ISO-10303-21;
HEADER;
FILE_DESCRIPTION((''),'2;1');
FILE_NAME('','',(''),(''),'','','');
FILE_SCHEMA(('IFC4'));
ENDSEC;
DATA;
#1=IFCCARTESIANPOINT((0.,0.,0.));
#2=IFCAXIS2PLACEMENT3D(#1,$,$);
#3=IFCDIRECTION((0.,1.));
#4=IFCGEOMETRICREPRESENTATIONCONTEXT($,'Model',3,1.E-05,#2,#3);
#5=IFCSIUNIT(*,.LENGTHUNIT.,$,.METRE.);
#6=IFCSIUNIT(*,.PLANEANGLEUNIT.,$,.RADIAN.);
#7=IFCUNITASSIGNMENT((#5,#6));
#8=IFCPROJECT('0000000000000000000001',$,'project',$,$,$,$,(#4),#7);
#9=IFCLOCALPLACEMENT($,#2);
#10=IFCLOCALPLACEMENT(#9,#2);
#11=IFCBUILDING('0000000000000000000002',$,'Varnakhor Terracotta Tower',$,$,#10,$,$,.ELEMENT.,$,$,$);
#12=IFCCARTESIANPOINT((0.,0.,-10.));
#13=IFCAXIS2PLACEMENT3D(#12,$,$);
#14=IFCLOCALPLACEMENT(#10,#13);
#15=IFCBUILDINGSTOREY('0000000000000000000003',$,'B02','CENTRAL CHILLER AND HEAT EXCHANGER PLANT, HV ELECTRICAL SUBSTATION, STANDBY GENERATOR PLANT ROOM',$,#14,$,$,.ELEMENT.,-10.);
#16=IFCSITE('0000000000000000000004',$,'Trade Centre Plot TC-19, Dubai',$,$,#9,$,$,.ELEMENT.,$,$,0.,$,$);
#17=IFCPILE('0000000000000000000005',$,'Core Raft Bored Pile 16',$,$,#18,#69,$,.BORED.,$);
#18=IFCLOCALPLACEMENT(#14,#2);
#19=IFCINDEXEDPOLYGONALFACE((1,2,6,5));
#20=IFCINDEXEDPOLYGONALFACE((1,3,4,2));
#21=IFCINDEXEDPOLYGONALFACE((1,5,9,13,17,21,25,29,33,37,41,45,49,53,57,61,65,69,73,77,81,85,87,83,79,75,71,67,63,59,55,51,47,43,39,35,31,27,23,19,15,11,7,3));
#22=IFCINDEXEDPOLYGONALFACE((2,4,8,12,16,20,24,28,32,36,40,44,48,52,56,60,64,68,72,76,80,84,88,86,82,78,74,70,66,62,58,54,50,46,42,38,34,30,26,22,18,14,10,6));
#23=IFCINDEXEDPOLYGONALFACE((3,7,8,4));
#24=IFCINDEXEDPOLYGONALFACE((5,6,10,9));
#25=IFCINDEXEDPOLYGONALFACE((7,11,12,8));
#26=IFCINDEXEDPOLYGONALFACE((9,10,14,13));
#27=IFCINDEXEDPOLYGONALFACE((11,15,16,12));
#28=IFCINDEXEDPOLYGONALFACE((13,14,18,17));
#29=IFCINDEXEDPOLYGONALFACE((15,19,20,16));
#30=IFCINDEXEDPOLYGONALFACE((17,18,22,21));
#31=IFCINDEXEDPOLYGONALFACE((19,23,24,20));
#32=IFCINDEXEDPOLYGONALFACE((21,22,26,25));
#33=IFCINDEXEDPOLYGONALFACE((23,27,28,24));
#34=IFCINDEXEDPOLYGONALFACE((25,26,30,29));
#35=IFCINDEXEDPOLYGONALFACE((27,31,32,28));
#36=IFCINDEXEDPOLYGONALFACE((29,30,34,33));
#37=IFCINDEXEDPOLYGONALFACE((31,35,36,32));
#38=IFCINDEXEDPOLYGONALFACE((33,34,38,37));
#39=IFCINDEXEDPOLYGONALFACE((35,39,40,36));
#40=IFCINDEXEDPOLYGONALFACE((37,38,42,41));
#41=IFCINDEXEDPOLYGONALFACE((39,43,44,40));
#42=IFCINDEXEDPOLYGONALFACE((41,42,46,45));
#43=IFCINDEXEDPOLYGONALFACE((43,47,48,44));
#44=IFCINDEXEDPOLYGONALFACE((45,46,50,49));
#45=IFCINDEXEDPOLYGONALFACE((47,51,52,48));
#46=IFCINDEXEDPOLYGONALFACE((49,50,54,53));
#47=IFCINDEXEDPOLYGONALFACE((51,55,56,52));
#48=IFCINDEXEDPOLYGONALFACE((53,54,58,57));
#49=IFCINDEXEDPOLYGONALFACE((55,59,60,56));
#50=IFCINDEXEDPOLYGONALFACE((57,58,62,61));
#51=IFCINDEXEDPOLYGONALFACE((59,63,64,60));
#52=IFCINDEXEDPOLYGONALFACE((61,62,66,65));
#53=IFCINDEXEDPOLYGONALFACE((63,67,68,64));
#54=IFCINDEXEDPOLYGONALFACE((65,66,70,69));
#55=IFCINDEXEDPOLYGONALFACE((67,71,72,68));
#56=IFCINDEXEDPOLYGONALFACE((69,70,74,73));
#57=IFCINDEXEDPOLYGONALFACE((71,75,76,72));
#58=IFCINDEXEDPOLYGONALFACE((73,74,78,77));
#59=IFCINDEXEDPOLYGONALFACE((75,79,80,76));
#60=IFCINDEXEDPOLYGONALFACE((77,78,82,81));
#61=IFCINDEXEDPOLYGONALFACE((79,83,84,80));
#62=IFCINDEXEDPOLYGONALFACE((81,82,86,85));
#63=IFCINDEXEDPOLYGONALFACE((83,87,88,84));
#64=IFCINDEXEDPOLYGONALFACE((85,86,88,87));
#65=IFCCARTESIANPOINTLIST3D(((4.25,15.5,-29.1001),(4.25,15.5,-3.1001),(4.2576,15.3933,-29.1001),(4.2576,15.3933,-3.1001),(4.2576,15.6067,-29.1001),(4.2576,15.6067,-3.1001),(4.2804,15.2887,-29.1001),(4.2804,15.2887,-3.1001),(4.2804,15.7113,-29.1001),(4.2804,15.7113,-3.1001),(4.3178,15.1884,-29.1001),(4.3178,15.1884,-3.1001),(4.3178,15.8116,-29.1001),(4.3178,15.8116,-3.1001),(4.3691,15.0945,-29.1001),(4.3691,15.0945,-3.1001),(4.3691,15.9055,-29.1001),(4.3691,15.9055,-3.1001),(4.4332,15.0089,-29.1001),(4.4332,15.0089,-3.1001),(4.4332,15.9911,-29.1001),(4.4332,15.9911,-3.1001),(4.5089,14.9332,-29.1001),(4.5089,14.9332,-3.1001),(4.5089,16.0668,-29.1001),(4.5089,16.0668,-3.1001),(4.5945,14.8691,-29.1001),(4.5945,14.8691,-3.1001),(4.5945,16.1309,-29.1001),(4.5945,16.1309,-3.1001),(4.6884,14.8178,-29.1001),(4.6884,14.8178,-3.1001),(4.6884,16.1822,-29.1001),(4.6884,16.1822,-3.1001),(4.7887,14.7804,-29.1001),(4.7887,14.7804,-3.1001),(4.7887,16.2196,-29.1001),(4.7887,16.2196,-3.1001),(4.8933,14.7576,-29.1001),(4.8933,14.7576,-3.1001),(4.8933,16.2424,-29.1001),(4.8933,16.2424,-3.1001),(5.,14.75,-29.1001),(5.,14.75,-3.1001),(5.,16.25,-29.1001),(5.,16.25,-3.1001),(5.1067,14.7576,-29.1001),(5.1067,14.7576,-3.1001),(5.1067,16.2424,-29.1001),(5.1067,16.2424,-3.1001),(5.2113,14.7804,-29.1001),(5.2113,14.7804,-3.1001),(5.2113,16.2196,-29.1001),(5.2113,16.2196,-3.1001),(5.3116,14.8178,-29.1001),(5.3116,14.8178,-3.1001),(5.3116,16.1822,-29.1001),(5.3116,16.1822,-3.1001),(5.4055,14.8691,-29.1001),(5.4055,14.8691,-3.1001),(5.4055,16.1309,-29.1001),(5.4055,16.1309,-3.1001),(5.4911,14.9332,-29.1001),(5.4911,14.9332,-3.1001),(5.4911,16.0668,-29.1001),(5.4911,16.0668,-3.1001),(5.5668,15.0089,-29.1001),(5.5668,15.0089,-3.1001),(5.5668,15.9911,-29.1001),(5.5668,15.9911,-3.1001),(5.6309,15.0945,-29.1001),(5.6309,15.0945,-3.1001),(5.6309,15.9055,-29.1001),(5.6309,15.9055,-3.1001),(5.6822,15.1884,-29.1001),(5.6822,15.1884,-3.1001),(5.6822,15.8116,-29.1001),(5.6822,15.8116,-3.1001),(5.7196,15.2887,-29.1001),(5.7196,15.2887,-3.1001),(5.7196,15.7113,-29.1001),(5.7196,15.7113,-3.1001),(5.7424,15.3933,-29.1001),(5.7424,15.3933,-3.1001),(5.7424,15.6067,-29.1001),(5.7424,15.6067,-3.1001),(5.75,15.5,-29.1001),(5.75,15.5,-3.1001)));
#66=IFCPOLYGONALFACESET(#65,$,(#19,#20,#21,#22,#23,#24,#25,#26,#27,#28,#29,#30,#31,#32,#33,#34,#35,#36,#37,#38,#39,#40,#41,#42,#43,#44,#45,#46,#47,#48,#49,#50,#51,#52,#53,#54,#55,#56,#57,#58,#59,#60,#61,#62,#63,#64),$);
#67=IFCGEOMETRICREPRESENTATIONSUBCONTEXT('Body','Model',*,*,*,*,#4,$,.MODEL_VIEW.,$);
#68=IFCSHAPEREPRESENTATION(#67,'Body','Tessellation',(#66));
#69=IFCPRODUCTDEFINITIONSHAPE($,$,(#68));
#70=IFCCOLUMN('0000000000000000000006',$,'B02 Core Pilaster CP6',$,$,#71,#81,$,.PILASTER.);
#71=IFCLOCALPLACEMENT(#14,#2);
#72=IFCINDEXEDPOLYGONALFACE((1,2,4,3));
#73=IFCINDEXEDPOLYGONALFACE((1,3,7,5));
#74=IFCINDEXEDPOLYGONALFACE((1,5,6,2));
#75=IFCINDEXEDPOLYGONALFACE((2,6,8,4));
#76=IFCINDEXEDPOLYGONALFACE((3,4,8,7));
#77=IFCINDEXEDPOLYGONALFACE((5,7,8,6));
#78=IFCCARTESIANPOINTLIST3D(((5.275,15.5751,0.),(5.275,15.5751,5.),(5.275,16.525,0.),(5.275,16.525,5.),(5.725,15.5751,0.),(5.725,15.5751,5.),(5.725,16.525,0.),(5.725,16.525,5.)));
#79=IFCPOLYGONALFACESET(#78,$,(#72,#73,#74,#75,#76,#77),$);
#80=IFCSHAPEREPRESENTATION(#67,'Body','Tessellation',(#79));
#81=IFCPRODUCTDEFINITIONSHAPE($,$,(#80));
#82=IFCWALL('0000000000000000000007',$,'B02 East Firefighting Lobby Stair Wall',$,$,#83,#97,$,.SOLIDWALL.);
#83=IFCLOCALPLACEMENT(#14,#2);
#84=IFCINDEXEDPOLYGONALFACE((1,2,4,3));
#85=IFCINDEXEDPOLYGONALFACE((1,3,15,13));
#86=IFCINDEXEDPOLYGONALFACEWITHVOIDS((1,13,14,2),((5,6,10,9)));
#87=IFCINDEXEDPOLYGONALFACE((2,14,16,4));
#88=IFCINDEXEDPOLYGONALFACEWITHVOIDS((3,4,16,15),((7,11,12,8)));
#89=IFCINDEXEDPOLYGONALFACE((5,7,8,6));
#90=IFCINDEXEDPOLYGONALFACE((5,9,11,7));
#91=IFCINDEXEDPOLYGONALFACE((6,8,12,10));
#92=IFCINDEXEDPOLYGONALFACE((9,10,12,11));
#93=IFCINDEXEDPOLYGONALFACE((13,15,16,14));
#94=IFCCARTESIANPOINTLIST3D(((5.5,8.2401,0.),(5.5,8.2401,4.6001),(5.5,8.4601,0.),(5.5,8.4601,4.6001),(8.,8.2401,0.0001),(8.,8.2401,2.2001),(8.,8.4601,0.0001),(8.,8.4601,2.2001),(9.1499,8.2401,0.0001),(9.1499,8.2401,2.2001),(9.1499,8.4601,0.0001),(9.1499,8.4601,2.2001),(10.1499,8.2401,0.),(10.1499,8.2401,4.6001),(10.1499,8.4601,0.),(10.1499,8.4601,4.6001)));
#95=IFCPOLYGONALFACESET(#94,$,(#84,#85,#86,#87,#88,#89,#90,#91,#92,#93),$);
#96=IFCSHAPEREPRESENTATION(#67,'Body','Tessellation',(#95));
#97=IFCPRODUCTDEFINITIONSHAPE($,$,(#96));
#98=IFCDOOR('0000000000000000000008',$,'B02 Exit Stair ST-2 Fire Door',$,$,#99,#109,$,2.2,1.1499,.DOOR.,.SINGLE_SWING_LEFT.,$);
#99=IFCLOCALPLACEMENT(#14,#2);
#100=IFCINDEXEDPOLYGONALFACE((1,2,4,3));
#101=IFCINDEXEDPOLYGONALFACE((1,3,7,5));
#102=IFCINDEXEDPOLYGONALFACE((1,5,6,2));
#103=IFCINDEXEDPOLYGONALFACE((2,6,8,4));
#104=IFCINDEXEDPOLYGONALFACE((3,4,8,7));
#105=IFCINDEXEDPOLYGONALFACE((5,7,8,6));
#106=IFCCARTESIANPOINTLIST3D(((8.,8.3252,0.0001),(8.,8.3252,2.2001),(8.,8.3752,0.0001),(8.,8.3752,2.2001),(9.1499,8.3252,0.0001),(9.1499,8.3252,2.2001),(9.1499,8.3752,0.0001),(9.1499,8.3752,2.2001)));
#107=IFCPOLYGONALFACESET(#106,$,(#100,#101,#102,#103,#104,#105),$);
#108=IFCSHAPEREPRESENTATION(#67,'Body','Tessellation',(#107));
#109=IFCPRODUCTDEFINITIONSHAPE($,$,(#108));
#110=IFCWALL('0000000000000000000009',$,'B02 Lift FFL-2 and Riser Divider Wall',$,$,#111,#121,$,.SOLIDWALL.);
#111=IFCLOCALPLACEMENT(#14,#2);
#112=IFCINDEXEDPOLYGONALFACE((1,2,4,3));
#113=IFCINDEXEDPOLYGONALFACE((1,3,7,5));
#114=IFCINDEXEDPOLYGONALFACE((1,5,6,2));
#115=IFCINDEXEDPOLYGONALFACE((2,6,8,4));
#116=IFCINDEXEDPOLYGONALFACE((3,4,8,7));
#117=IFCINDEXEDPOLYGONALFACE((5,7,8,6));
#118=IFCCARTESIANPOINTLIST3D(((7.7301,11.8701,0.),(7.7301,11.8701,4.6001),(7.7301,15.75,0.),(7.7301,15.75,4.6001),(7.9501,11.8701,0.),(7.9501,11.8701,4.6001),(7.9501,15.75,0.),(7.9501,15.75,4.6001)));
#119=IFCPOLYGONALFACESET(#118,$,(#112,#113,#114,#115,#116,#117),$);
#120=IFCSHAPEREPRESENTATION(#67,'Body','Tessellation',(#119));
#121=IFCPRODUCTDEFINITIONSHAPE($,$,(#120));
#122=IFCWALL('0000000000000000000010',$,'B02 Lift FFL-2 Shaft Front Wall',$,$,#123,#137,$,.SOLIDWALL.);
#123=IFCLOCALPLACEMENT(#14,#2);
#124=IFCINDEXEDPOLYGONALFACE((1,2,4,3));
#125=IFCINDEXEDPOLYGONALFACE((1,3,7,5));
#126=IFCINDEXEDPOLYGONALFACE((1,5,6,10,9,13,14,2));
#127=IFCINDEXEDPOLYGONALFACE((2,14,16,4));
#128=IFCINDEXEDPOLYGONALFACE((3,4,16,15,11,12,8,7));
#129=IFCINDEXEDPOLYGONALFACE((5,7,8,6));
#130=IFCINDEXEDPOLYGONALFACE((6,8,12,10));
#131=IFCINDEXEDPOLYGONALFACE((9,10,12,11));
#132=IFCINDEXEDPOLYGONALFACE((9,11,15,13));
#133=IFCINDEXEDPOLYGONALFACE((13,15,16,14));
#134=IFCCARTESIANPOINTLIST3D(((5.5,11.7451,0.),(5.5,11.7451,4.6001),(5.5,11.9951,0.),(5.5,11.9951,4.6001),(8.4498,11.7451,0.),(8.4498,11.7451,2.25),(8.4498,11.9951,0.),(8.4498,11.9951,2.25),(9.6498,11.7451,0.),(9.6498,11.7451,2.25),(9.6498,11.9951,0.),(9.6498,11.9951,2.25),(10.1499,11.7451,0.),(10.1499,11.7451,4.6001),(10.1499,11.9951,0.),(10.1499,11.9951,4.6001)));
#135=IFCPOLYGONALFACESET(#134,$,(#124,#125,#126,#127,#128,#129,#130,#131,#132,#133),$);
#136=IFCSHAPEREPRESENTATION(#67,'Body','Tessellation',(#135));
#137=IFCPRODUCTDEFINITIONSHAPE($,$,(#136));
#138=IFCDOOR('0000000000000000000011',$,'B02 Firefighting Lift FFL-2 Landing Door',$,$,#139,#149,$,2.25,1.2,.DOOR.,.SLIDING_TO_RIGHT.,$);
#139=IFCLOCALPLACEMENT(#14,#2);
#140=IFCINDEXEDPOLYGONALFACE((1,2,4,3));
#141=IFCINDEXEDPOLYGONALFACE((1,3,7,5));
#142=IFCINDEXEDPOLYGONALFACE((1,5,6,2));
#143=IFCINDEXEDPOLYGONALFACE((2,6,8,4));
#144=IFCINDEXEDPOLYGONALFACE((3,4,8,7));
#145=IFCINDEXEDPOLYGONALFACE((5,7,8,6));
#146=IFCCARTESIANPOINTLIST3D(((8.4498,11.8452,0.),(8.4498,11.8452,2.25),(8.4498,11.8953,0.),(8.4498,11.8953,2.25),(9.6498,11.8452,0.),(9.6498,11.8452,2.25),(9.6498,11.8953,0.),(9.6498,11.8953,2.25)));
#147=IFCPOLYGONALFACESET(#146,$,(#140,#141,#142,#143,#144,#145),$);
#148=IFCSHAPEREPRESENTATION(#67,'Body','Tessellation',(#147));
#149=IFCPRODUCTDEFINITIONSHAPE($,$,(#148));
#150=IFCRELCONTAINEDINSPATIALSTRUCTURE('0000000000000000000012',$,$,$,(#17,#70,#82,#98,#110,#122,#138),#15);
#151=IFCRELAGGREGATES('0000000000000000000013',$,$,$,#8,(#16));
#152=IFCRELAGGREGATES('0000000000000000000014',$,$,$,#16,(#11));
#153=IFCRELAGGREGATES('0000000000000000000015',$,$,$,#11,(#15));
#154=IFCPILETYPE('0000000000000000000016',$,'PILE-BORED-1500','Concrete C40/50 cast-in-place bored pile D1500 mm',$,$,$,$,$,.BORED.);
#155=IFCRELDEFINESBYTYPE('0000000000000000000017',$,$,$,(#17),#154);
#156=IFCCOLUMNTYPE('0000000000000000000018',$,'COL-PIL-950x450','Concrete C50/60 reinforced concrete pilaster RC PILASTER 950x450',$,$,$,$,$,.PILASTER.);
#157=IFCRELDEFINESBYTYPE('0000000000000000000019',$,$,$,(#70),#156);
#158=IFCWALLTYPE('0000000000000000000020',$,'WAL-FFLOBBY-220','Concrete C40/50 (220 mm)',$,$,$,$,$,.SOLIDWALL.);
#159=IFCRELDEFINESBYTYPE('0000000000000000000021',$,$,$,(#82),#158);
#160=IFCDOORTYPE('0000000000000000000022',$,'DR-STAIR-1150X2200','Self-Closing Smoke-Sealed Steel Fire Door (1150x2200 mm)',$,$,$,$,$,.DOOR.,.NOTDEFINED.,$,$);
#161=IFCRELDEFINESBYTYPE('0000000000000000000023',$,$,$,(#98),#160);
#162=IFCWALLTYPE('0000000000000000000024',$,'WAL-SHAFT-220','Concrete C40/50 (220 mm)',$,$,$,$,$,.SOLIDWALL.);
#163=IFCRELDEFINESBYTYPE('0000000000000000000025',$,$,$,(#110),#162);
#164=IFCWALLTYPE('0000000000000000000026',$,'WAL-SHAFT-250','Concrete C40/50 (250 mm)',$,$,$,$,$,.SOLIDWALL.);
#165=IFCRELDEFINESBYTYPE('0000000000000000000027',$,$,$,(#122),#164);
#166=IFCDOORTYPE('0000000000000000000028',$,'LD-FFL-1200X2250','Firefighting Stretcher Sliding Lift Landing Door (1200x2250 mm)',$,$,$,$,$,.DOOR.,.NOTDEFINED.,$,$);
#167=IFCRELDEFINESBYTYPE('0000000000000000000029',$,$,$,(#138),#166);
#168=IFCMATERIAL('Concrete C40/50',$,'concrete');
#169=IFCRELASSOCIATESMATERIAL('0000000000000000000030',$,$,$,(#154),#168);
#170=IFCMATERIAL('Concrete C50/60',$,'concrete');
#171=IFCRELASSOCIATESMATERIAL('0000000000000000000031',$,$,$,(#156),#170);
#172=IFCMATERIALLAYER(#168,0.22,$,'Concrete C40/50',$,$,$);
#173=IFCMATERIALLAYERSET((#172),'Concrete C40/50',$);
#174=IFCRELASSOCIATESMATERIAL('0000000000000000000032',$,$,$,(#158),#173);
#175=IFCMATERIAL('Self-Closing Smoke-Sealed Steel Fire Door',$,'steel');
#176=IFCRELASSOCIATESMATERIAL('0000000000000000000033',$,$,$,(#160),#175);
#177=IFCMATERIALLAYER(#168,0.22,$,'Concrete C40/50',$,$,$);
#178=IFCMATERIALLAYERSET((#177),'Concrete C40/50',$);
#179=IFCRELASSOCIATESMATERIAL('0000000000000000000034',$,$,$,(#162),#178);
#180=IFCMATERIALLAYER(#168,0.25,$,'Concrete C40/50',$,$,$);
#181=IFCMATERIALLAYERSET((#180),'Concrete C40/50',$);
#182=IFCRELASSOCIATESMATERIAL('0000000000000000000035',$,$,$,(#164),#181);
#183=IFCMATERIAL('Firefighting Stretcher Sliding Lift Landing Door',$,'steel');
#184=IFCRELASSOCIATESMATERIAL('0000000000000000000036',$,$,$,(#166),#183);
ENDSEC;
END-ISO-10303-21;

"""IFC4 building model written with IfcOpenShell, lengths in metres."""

from ifc_helpers import new_model, si_unit, direction, frame, frame_2d, origin, origin_2d, place, context, subcontext, project, spatial, rectangle, circle, extrude, source, transform, mapped, material, layer, layer_set, material_profile, profile_set, type_object, type_shapes, element, fill, save


model = new_model("IFC4")

# Units and contexts
model_context = context("Model", 3, precision=1e-05, world=origin(), true_north=direction((0.0, 1.0)))
body_context = subcontext(model_context, "Body", "Model", "MODEL_VIEW")
ifc_project = project(units=[si_unit("LENGTHUNIT", "METRE"), si_unit("PLANEANGLEUNIT", "RADIAN")], contexts=[model_context])

# Site, building, storey
site_placement = place(None, origin())
site = spatial("IfcSite", under=ifc_project, at=site_placement, Name="Trade Centre Plot TC-19, Dubai", CompositionType="ELEMENT", RefElevation=0.0)
building_placement = place(site_placement, origin())
building = spatial("IfcBuilding", under=site, at=building_placement, Name="Varnakhor Terracotta Tower", CompositionType="ELEMENT")
storey_placement = place(building_placement, frame((0.0, 0.0, -10.0)))
storey = spatial("IfcBuildingStorey", under=building, at=storey_placement, Name="B02", Description="CENTRAL CHILLER AND HEAT EXCHANGER PLANT, HV ELECTRICAL SUBSTATION, STANDBY GENERATOR PLANT ROOM", CompositionType="ELEMENT", Elevation=-10.0)

# Pile
ifc_material_1 = material(Name="Concrete C40/50", Category="concrete")
ifc_material_profile_1 = material_profile(ifc_material_1, circle(Radius=0.75, at=origin_2d()), Name="BORED PILE D1500")
ifc_profile_set_1 = profile_set([ifc_material_profile_1], Name="Concrete C40/50")
pile_type_1 = type_object("IfcPileType", Name="PILE-BORED-1500", Description="Concrete C40/50 cast-in-place bored pile D1500 mm", PredefinedType="BORED", material=ifc_profile_set_1)
shared_shape_1 = source(origin(), body_context, "Body", "SweptSolid", [
    extrude(circle(Radius=0.75, at=origin_2d()), origin(), (0.0, 0.0, 1.0), 26.0),
])
type_shapes(pile_type_1, [shared_shape_1])
for number, where, z_axis, x_axis, name in (
    (1, (5.0, 15.5, -3.1001), (0.0, 0.0, -1.0), (1.0, 0.0, 0.0), "Core Raft Bored Pile 16"),
):
    element("IfcPile", number, at=place(storey_placement, frame(where, z_axis=z_axis, x_axis=x_axis)), inside=storey, type_object=pile_type_1, Name=name, PredefinedType="BORED", context=body_context, shape_type="MappedRepresentation", body=[
        mapped(shared_shape_1, transform((0.0, 0.0, 0.0), scale=1.0)),
    ])

# Column
ifc_material_2 = material(Name="Concrete C50/60", Category="concrete")
ifc_material_profile_2 = material_profile(ifc_material_2, rectangle(XDim=0.45, YDim=0.95, at=origin_2d()), Name="RC PILASTER 950x450")
ifc_profile_set_2 = profile_set([ifc_material_profile_2], Name="Concrete C50/60")
column_type = type_object("IfcColumnType", Name="COL-PIL-950x450", Description="Concrete C50/60 reinforced concrete pilaster RC PILASTER 950x450", PredefinedType="PILASTER", material=ifc_profile_set_2)
shared_shape_2 = source(origin(), body_context, "Body", "SweptSolid", [
    extrude(rectangle(XDim=0.45, YDim=0.95, at=origin_2d()), origin(), (0.0, 0.0, 1.0), 5.0),
])
type_shapes(column_type, [shared_shape_2])
column_placement = place(storey_placement, frame((5.5, 16.05, 0.0), z_axis=(0.0, 0.0, 1.0), x_axis=(1.0, 0.0, 0.0)))
element("IfcColumn", 2, at=column_placement, inside=storey, type_object=column_type, Name="B02 Core Pilaster CP6", PredefinedType="PILASTER", context=body_context, shape_type="MappedRepresentation", body=[
    mapped(shared_shape_2, transform((0.0, 0.0, 0.0), scale=1.0)),
])

# Wall, opening, door
ifc_layer_1 = layer(ifc_material_1, 0.22, Name="Concrete C40/50")
ifc_layer_set_1 = layer_set([ifc_layer_1], Name="Concrete C40/50")
wall_type_1 = type_object("IfcWallType", Name="WAL-FFLOBBY-220", Description="Concrete C40/50 (220 mm)", PredefinedType="SOLIDWALL", material=ifc_layer_set_1)
wall_1_placement = place(storey_placement, frame((10.1499, 8.3501, 0.0), z_axis=(0.0, 0.0, 1.0), x_axis=(-1.0, 0.0, 0.0)))
wall_1 = element("IfcWall", 3, at=wall_1_placement, inside=storey, type_object=wall_type_1, Name="B02 East Firefighting Lobby Stair Wall", PredefinedType="SOLIDWALL", context=body_context, shape_type="SweptSolid", body=[
    extrude(rectangle(XDim=4.6499, YDim=0.22, at=frame_2d((2.325, 0.0))), origin(), (0.0, 0.0, 1.0), 4.6001),
])
opening_1_placement = place(wall_1_placement, frame((1.0, 0.0, 0.0)))
opening_1 = element("IfcOpeningElement", 4, at=opening_1_placement, cuts=wall_1, PredefinedType="OPENING", context=body_context, shape_type="SweptSolid", body=[
    extrude(rectangle(XDim=1.1499, YDim=2.2, at=frame_2d((0.575, 1.1001))), frame((0.0, 0.1201, 0.0), z_axis=(0.0, -1.0, 0.0), x_axis=(1.0, 0.0, 0.0)), (0.0, 0.0, 1.0), 0.24),
])
ifc_material_3 = material(Name="Self-Closing Smoke-Sealed Steel Fire Door", Category="steel")
door_type_1 = type_object("IfcDoorType", Name="DR-STAIR-1150X2200", Description="Self-Closing Smoke-Sealed Steel Fire Door (1150x2200 mm)", OperationType="NOTDEFINED", PredefinedType="DOOR", material=ifc_material_3)
shared_shape_3 = source(origin(), body_context, "Body", "SweptSolid", [
    extrude(rectangle(XDim=1.1499, YDim=2.2, at=frame_2d((0.575, 1.1001))), frame((0.0, 0.0249, 0.0), z_axis=(0.0, -1.0, 0.0), x_axis=(1.0, 0.0, 0.0)), (0.0, 0.0, 1.0), 0.05),
])
type_shapes(door_type_1, [shared_shape_3])
door_1_placement = place(opening_1_placement, origin())
door_1 = element("IfcDoor", 5, at=door_1_placement, inside=storey, type_object=door_type_1, Name="B02 Exit Stair ST-2 Fire Door", OperationType="SINGLE_SWING_LEFT", OverallHeight=2.2, OverallWidth=1.1499, PredefinedType="DOOR", context=body_context, shape_type="MappedRepresentation", body=[
    mapped(shared_shape_3, transform((0.0, 0.0, 0.0), scale=1.0)),
])
fill(opening_1, door_1)

# Wall
ifc_layer_2 = layer(ifc_material_1, 0.22, Name="Concrete C40/50")
ifc_layer_set_2 = layer_set([ifc_layer_2], Name="Concrete C40/50")
wall_type_2 = type_object("IfcWallType", Name="WAL-SHAFT-220", Description="Concrete C40/50 (220 mm)", PredefinedType="SOLIDWALL", material=ifc_layer_set_2)
wall_2_placement = place(storey_placement, frame((7.8401, 11.8701, 0.0), z_axis=(0.0, 0.0, 1.0), x_axis=(0.0, 1.0, 0.0)))
element("IfcWall", 6, at=wall_2_placement, inside=storey, type_object=wall_type_2, Name="B02 Lift FFL-2 and Riser Divider Wall", PredefinedType="SOLIDWALL", context=body_context, shape_type="SweptSolid", body=[
    extrude(rectangle(XDim=3.8799, YDim=0.22, at=frame_2d((1.9399, 0.0))), origin(), (0.0, 0.0, 1.0), 4.6001),
])

# Wall, opening, door
ifc_layer_3 = layer(ifc_material_1, 0.25, Name="Concrete C40/50")
ifc_layer_set_3 = layer_set([ifc_layer_3], Name="Concrete C40/50")
wall_type_3 = type_object("IfcWallType", Name="WAL-SHAFT-250", Description="Concrete C40/50 (250 mm)", PredefinedType="SOLIDWALL", material=ifc_layer_set_3)
wall_3_placement = place(storey_placement, frame((10.1499, 11.8701, 0.0), z_axis=(0.0, 0.0, 1.0), x_axis=(-1.0, 0.0, 0.0)))
wall_3 = element("IfcWall", 7, at=wall_3_placement, inside=storey, type_object=wall_type_3, Name="B02 Lift FFL-2 Shaft Front Wall", PredefinedType="SOLIDWALL", context=body_context, shape_type="SweptSolid", body=[
    extrude(rectangle(XDim=4.6499, YDim=0.25, at=frame_2d((2.325, 0.0))), origin(), (0.0, 0.0, 1.0), 4.6001),
])
opening_2_placement = place(wall_3_placement, frame((0.5, 0.0, 0.0)))
opening_2 = element("IfcOpeningElement", 8, at=opening_2_placement, cuts=wall_3, PredefinedType="OPENING", context=body_context, shape_type="SweptSolid", body=[
    extrude(rectangle(XDim=1.2, YDim=2.25, at=frame_2d((0.6001, 1.125))), frame((0.0, 0.135, 0.0), z_axis=(0.0, -1.0, 0.0), x_axis=(1.0, 0.0, 0.0)), (0.0, 0.0, 1.0), 0.27),
])
ifc_material_4 = material(Name="Firefighting Stretcher Sliding Lift Landing Door", Category="steel")
door_type_2 = type_object("IfcDoorType", Name="LD-FFL-1200X2250", Description="Firefighting Stretcher Sliding Lift Landing Door (1200x2250 mm)", OperationType="NOTDEFINED", PredefinedType="DOOR", material=ifc_material_4)
shared_shape_4 = source(origin(), body_context, "Body", "SweptSolid", [
    extrude(rectangle(XDim=1.2, YDim=2.25, at=frame_2d((0.6001, 1.125))), frame((0.0, 0.0249, 0.0), z_axis=(0.0, -1.0, 0.0), x_axis=(1.0, 0.0, 0.0)), (0.0, 0.0, 1.0), 0.05),
])
type_shapes(door_type_2, [shared_shape_4])
door_2_placement = place(opening_2_placement, origin())
door_2 = element("IfcDoor", 9, at=door_2_placement, inside=storey, type_object=door_type_2, Name="B02 Firefighting Lift FFL-2 Landing Door", OperationType="SLIDING_TO_RIGHT", OverallHeight=2.25, OverallWidth=1.2, PredefinedType="DOOR", context=body_context, shape_type="MappedRepresentation", body=[
    mapped(shared_shape_4, transform((0.0, 0.0, 0.0), scale=1.0)),
])
fill(opening_2, door_2)

save(model, "model.ifc")
